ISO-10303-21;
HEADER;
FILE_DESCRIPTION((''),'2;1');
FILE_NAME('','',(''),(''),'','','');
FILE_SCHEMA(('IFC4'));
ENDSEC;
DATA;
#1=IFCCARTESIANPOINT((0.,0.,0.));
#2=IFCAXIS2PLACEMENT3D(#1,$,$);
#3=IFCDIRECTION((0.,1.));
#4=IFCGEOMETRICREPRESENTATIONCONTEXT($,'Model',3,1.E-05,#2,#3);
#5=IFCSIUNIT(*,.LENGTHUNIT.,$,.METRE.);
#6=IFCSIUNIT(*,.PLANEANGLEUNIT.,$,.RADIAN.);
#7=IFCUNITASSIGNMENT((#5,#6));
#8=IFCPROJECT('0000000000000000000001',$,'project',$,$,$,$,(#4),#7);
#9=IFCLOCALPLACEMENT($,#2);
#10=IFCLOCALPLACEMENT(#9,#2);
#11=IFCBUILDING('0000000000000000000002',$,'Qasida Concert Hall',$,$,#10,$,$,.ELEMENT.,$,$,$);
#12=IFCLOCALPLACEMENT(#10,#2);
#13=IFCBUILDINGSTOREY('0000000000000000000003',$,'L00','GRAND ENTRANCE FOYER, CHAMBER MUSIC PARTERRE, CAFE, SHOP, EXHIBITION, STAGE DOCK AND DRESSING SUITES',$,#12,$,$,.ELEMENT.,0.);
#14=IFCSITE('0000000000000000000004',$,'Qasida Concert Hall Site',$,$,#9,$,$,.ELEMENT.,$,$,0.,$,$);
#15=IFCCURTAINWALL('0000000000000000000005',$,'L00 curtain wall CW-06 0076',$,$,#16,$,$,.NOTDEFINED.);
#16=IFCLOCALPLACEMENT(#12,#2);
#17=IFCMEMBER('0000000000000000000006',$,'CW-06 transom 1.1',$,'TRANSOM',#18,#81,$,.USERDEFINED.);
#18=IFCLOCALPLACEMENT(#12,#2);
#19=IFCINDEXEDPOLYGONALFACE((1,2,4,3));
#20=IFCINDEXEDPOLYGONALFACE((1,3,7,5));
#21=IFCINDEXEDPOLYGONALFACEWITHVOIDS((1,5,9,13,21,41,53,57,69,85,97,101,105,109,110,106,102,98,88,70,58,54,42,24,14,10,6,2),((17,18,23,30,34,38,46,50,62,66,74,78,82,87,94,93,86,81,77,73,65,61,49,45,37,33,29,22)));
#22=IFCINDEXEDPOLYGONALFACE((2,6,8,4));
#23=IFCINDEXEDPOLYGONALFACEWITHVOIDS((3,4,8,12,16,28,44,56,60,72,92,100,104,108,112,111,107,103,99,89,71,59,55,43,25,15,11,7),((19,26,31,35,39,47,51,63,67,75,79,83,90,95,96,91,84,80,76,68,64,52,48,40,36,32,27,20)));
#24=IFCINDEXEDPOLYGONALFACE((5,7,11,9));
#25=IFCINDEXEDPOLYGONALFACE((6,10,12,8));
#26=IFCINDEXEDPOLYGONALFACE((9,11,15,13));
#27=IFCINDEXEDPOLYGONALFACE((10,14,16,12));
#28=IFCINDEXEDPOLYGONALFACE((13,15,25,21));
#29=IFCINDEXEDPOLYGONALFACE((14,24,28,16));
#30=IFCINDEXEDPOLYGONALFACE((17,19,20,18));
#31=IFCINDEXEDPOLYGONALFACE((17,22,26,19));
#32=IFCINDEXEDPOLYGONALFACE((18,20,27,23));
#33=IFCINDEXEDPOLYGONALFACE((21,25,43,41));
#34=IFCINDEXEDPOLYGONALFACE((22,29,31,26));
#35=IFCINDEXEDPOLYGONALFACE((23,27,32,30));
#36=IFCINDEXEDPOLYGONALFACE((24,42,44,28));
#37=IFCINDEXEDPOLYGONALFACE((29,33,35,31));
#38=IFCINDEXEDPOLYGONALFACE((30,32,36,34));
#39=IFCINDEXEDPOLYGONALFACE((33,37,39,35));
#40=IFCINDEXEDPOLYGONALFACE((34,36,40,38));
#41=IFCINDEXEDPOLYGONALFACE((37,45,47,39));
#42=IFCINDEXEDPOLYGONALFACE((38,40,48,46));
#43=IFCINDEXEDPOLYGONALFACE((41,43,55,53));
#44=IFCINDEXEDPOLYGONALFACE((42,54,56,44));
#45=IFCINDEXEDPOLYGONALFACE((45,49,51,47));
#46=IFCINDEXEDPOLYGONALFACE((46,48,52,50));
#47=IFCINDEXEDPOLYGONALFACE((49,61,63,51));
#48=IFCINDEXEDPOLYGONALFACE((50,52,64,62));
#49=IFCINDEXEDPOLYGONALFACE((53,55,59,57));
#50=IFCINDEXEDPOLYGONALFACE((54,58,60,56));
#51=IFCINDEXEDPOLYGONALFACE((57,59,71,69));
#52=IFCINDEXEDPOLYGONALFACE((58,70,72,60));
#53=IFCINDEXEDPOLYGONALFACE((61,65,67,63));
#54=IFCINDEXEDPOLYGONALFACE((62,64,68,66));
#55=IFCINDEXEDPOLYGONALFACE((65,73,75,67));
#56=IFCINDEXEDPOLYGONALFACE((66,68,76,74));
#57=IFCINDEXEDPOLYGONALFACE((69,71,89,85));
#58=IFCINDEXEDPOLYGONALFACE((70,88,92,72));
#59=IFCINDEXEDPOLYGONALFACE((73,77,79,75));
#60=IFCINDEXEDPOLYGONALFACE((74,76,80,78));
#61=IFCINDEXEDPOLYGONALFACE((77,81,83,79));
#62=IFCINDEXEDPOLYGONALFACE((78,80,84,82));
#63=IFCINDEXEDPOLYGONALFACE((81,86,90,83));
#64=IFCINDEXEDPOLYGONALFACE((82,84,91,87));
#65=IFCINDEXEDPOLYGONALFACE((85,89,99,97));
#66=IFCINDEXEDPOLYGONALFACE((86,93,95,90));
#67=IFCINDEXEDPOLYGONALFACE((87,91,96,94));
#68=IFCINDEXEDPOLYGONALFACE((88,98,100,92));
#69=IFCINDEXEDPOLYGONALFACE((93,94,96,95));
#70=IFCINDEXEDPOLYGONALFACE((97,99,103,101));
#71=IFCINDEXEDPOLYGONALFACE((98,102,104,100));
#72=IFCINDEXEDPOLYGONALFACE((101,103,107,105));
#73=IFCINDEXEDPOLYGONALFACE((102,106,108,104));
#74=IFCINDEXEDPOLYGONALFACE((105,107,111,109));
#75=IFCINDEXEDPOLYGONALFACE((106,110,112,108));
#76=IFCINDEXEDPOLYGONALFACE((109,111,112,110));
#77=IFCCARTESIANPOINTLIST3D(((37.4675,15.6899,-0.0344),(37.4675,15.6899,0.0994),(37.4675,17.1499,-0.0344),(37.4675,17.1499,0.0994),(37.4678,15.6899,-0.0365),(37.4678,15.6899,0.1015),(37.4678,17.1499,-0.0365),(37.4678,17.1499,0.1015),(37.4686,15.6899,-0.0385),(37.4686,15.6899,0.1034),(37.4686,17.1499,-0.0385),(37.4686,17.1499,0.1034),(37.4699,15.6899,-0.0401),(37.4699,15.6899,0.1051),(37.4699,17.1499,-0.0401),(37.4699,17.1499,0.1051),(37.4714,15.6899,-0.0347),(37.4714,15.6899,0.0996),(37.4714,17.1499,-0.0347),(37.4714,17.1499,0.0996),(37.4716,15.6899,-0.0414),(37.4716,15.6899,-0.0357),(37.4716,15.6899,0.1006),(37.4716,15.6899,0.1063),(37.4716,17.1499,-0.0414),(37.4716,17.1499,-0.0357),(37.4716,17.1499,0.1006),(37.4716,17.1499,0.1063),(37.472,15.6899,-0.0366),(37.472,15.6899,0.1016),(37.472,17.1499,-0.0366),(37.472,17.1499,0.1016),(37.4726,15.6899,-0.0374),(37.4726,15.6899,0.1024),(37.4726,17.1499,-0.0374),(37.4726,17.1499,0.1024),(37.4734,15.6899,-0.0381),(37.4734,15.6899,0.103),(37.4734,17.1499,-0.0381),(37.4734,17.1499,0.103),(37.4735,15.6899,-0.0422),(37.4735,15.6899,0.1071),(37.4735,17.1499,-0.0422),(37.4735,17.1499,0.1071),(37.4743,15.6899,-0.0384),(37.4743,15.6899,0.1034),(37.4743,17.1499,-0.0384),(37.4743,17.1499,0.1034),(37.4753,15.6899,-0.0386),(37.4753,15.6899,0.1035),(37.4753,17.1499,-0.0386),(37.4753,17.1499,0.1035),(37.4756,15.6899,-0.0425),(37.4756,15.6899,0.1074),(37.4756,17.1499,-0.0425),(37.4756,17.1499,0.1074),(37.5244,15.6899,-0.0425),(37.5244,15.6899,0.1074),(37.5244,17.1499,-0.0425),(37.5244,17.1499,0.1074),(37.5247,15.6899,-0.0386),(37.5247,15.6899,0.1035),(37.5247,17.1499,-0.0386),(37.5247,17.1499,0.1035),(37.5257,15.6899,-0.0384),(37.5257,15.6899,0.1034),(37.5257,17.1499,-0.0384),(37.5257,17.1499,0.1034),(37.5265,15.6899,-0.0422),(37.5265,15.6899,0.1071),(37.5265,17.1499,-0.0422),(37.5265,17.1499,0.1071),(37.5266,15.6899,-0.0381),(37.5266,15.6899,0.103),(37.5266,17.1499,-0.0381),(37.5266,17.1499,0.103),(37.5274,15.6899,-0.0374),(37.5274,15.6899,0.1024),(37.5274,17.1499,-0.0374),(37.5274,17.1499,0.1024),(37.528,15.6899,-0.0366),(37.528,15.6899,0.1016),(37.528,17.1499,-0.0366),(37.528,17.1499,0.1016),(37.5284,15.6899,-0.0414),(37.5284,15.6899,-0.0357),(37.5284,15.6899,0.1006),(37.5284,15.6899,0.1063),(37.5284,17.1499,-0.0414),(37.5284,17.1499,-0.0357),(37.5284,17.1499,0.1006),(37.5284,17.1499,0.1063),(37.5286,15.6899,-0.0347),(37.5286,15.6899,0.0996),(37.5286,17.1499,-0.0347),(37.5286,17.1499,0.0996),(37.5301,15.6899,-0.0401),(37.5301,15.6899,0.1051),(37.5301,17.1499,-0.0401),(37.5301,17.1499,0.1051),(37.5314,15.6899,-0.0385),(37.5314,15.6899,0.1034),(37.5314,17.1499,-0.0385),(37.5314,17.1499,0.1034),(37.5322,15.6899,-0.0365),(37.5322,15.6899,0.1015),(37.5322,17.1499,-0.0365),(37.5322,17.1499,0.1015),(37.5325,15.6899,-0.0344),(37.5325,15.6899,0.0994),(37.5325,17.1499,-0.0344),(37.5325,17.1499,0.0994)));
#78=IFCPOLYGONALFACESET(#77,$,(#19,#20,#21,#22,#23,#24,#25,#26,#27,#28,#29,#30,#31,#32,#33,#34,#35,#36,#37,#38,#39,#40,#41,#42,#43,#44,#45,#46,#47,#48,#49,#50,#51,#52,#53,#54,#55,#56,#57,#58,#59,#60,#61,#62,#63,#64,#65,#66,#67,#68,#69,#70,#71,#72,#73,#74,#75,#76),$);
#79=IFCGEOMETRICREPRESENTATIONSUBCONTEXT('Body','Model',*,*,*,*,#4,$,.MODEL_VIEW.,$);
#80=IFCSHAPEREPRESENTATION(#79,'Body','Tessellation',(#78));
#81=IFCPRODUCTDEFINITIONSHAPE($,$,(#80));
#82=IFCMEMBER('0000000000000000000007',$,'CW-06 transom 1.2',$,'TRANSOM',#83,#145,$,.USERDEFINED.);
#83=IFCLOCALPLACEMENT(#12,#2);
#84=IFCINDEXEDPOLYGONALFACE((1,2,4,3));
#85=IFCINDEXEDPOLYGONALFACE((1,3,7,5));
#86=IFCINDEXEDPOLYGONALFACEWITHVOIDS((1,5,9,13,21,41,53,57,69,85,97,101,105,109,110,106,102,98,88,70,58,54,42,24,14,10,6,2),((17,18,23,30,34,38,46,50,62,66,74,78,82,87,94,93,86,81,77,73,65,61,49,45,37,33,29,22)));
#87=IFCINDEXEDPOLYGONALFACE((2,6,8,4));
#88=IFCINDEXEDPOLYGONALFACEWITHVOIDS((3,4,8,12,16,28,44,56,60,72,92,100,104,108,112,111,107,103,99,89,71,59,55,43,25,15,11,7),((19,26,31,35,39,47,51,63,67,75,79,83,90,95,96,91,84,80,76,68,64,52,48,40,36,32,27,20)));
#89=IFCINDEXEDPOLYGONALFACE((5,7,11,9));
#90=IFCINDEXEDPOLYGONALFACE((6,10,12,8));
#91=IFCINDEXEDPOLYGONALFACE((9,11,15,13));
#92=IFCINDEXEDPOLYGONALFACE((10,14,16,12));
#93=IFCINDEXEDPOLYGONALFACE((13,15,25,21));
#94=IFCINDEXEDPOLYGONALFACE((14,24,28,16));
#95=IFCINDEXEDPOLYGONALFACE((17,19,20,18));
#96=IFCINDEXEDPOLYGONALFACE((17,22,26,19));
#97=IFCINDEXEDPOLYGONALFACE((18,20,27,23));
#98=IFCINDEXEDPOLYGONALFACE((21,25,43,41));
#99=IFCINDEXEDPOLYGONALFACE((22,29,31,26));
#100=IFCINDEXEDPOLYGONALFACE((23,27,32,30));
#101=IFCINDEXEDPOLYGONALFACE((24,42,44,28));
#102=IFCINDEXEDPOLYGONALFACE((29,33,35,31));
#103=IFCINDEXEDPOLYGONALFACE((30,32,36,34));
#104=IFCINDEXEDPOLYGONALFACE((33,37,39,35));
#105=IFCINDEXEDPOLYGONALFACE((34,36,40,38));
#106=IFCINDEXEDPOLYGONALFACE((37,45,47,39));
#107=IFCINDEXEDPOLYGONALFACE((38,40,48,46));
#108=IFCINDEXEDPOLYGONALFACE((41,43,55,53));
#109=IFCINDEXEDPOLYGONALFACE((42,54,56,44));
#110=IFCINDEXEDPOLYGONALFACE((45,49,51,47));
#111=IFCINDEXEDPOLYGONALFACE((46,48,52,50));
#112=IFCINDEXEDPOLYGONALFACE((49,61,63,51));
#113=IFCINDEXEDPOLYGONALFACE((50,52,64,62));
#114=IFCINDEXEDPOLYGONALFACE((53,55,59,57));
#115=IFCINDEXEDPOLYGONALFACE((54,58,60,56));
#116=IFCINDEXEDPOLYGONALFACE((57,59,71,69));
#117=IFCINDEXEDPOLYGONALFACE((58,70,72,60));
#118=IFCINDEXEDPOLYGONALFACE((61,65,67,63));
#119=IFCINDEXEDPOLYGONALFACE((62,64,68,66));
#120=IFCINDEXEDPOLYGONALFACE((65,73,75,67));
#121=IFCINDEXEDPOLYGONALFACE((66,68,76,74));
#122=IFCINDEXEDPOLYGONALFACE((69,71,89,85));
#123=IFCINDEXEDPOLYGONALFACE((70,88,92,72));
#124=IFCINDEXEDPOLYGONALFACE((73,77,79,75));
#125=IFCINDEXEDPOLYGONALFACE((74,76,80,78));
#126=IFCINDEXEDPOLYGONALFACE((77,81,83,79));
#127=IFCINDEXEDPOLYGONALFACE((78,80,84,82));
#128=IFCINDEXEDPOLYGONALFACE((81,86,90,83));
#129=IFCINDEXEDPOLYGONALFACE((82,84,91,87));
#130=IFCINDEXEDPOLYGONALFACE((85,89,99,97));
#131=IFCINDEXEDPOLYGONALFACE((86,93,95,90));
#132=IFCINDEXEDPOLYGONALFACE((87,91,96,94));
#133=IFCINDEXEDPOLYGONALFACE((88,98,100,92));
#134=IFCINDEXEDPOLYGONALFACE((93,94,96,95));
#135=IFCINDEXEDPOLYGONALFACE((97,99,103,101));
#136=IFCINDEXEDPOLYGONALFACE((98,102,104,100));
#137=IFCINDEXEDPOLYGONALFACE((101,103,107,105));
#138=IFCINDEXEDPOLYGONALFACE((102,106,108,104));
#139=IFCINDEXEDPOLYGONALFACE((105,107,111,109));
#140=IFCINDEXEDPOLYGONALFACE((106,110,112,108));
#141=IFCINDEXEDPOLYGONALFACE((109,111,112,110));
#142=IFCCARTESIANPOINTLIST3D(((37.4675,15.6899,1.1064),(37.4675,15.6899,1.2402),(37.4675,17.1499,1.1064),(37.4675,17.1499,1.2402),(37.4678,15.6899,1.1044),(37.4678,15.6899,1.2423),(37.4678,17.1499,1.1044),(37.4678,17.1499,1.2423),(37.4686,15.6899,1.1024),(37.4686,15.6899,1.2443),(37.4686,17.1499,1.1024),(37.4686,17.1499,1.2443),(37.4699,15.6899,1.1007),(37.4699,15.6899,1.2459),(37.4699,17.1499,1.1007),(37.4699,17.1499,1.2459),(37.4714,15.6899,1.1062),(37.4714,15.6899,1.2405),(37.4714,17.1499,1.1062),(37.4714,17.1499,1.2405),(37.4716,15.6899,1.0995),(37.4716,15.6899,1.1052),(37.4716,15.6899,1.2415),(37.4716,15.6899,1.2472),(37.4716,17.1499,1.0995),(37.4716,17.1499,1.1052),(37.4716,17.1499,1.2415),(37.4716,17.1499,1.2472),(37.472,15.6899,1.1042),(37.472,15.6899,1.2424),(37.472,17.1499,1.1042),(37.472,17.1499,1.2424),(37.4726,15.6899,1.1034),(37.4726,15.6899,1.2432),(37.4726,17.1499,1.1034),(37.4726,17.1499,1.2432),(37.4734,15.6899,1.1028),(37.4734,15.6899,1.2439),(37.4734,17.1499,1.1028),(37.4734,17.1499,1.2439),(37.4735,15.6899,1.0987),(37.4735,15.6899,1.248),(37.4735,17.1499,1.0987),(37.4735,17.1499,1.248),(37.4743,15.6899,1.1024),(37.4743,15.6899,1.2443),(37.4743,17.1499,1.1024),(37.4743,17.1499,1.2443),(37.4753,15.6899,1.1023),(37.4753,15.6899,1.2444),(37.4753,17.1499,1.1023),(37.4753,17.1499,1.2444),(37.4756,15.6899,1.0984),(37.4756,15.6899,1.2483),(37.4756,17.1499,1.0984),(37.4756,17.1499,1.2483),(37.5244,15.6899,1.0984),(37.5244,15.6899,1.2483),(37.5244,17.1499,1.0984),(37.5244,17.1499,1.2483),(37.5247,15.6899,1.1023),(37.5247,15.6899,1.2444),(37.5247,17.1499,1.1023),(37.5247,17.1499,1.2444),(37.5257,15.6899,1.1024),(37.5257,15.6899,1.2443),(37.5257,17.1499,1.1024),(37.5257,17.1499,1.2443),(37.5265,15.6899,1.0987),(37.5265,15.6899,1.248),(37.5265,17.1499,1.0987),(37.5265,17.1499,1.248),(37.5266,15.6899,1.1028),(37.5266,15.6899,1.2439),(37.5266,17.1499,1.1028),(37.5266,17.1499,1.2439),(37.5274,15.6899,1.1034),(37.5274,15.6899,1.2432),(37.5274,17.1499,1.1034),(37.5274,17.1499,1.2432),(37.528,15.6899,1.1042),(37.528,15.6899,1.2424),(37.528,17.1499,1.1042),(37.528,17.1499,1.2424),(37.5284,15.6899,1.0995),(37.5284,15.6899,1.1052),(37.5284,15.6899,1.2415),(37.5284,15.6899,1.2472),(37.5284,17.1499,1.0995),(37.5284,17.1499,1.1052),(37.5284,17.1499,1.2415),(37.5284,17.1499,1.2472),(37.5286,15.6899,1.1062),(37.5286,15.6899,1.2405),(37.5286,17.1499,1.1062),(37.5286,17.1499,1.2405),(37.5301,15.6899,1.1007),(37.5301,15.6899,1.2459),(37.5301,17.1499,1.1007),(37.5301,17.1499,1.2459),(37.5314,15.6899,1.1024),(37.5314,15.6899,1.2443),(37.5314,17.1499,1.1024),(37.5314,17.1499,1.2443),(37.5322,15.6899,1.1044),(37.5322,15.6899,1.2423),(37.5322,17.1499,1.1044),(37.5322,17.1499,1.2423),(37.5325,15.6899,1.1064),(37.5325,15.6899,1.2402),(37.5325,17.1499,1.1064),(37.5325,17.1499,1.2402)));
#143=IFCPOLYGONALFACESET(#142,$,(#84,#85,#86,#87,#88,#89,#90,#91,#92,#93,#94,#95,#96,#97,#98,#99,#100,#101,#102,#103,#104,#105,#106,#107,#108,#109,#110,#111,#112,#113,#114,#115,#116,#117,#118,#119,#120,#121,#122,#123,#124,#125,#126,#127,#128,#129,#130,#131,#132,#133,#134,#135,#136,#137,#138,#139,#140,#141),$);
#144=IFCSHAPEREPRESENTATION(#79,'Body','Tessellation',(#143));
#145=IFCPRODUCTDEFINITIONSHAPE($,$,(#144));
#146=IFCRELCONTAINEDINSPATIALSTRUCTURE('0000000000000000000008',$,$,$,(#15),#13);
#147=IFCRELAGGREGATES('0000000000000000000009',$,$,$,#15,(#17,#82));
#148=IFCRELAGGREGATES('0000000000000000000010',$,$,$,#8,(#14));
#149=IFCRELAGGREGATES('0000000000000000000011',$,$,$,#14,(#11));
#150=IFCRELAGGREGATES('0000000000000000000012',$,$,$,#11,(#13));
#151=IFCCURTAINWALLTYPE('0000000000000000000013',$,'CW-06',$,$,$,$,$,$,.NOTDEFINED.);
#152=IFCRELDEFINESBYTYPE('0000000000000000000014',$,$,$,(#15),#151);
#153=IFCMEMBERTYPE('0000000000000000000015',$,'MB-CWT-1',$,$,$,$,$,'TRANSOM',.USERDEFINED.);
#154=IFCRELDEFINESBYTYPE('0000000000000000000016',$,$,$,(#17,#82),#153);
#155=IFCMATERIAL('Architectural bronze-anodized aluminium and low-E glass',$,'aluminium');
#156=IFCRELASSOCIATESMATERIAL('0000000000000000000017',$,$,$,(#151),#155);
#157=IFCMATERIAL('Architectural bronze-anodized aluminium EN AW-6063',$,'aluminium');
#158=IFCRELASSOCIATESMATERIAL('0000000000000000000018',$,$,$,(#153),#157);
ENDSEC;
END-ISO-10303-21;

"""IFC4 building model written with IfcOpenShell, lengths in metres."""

from ifc_helpers import new_model, si_unit, direction, frame, origin, origin_2d, place, context, subcontext, project, spatial, hollow_rectangle, extrude, material, material_profile, profile_set, type_object, element, aggregate, save


model = new_model("IFC4")

# Units and contexts
model_context = context("Model", 3, precision=1e-05, world=origin(), true_north=direction((0.0, 1.0)))
body_context = subcontext(model_context, "Body", "Model", "MODEL_VIEW")
ifc_project = project(units=[si_unit("LENGTHUNIT", "METRE"), si_unit("PLANEANGLEUNIT", "RADIAN")], contexts=[model_context])

# Site, building, storey
site_placement = place(None, origin())
site = spatial("IfcSite", under=ifc_project, at=site_placement, Name="Qasida Concert Hall Site", CompositionType="ELEMENT", RefElevation=0.0)
building_placement = place(site_placement, origin())
building = spatial("IfcBuilding", under=site, at=building_placement, Name="Qasida Concert Hall", CompositionType="ELEMENT")
storey_placement = place(building_placement, origin())
storey = spatial("IfcBuildingStorey", under=building, at=storey_placement, Name="L00", Description="GRAND ENTRANCE FOYER, CHAMBER MUSIC PARTERRE, CAFE, SHOP, EXHIBITION, STAGE DOCK AND DRESSING SUITES", CompositionType="ELEMENT", Elevation=0.0)

# Shared definitions
ifc_material_1 = material(Name="Architectural bronze-anodized aluminium and low-E glass", Category="aluminium")
curtain_wall_type = type_object("IfcCurtainWallType", Name="CW-06", PredefinedType="NOTDEFINED", material=ifc_material_1)
ifc_material_2 = material(Name="Architectural bronze-anodized aluminium EN AW-6063", Category="aluminium")

# Curtain wall
curtain_wall_1_placement = place(storey_placement, origin())
curtain_wall_1 = element("IfcCurtainWall", 1, at=curtain_wall_1_placement, inside=storey, type_object=curtain_wall_type, Name="L00 curtain wall CW-06 0076", PredefinedType="NOTDEFINED")

# Members
ifc_material_profile_1 = material_profile(ifc_material_2, hollow_rectangle(XDim=0.0649, YDim=0.1499, WallThickness=0.0039, InnerFilletRadius=0.0039, OuterFilletRadius=0.0081, at=origin_2d()), Name="CWT 150x65x4")
ifc_profile_set_1 = profile_set([ifc_material_profile_1], Name="Architectural bronze-anodized aluminium EN AW-6063")
member_type_1 = type_object("IfcMemberType", Name="MB-CWT-1", ElementType="TRANSOM", PredefinedType="USERDEFINED", material=ifc_profile_set_1)
member_1_placement = place(storey_placement, frame((37.5, 15.6899, 0.0325), z_axis=(0.0, 1.0, 0.0), x_axis=(-1.0, 0.0, 0.0)))
member_1 = element("IfcMember", 2, at=member_1_placement, type_object=member_type_1, Name="CW-06 transom 1.1", ObjectType="TRANSOM", PredefinedType="USERDEFINED", context=body_context, shape_type="SweptSolid", body=[
    extrude(hollow_rectangle(XDim=0.0649, YDim=0.1499, WallThickness=0.0039, InnerFilletRadius=0.0039, OuterFilletRadius=0.0081, at=origin_2d()), origin(), (0.0, 0.0, 1.0), 1.46),
])
member_2_placement = place(storey_placement, frame((37.5, 15.6899, 1.1733), z_axis=(0.0, 1.0, 0.0), x_axis=(-1.0, 0.0, 0.0)))
member_2 = element("IfcMember", 3, at=member_2_placement, type_object=member_type_1, Name="CW-06 transom 1.2", ObjectType="TRANSOM", PredefinedType="USERDEFINED", context=body_context, shape_type="SweptSolid", body=[
    extrude(hollow_rectangle(XDim=0.0649, YDim=0.1499, WallThickness=0.0039, InnerFilletRadius=0.0039, OuterFilletRadius=0.0081, at=origin_2d()), origin(), (0.0, 0.0, 1.0), 1.46),
])

aggregate(curtain_wall_1, [member_1, member_2])

save(model, "model.ifc")
